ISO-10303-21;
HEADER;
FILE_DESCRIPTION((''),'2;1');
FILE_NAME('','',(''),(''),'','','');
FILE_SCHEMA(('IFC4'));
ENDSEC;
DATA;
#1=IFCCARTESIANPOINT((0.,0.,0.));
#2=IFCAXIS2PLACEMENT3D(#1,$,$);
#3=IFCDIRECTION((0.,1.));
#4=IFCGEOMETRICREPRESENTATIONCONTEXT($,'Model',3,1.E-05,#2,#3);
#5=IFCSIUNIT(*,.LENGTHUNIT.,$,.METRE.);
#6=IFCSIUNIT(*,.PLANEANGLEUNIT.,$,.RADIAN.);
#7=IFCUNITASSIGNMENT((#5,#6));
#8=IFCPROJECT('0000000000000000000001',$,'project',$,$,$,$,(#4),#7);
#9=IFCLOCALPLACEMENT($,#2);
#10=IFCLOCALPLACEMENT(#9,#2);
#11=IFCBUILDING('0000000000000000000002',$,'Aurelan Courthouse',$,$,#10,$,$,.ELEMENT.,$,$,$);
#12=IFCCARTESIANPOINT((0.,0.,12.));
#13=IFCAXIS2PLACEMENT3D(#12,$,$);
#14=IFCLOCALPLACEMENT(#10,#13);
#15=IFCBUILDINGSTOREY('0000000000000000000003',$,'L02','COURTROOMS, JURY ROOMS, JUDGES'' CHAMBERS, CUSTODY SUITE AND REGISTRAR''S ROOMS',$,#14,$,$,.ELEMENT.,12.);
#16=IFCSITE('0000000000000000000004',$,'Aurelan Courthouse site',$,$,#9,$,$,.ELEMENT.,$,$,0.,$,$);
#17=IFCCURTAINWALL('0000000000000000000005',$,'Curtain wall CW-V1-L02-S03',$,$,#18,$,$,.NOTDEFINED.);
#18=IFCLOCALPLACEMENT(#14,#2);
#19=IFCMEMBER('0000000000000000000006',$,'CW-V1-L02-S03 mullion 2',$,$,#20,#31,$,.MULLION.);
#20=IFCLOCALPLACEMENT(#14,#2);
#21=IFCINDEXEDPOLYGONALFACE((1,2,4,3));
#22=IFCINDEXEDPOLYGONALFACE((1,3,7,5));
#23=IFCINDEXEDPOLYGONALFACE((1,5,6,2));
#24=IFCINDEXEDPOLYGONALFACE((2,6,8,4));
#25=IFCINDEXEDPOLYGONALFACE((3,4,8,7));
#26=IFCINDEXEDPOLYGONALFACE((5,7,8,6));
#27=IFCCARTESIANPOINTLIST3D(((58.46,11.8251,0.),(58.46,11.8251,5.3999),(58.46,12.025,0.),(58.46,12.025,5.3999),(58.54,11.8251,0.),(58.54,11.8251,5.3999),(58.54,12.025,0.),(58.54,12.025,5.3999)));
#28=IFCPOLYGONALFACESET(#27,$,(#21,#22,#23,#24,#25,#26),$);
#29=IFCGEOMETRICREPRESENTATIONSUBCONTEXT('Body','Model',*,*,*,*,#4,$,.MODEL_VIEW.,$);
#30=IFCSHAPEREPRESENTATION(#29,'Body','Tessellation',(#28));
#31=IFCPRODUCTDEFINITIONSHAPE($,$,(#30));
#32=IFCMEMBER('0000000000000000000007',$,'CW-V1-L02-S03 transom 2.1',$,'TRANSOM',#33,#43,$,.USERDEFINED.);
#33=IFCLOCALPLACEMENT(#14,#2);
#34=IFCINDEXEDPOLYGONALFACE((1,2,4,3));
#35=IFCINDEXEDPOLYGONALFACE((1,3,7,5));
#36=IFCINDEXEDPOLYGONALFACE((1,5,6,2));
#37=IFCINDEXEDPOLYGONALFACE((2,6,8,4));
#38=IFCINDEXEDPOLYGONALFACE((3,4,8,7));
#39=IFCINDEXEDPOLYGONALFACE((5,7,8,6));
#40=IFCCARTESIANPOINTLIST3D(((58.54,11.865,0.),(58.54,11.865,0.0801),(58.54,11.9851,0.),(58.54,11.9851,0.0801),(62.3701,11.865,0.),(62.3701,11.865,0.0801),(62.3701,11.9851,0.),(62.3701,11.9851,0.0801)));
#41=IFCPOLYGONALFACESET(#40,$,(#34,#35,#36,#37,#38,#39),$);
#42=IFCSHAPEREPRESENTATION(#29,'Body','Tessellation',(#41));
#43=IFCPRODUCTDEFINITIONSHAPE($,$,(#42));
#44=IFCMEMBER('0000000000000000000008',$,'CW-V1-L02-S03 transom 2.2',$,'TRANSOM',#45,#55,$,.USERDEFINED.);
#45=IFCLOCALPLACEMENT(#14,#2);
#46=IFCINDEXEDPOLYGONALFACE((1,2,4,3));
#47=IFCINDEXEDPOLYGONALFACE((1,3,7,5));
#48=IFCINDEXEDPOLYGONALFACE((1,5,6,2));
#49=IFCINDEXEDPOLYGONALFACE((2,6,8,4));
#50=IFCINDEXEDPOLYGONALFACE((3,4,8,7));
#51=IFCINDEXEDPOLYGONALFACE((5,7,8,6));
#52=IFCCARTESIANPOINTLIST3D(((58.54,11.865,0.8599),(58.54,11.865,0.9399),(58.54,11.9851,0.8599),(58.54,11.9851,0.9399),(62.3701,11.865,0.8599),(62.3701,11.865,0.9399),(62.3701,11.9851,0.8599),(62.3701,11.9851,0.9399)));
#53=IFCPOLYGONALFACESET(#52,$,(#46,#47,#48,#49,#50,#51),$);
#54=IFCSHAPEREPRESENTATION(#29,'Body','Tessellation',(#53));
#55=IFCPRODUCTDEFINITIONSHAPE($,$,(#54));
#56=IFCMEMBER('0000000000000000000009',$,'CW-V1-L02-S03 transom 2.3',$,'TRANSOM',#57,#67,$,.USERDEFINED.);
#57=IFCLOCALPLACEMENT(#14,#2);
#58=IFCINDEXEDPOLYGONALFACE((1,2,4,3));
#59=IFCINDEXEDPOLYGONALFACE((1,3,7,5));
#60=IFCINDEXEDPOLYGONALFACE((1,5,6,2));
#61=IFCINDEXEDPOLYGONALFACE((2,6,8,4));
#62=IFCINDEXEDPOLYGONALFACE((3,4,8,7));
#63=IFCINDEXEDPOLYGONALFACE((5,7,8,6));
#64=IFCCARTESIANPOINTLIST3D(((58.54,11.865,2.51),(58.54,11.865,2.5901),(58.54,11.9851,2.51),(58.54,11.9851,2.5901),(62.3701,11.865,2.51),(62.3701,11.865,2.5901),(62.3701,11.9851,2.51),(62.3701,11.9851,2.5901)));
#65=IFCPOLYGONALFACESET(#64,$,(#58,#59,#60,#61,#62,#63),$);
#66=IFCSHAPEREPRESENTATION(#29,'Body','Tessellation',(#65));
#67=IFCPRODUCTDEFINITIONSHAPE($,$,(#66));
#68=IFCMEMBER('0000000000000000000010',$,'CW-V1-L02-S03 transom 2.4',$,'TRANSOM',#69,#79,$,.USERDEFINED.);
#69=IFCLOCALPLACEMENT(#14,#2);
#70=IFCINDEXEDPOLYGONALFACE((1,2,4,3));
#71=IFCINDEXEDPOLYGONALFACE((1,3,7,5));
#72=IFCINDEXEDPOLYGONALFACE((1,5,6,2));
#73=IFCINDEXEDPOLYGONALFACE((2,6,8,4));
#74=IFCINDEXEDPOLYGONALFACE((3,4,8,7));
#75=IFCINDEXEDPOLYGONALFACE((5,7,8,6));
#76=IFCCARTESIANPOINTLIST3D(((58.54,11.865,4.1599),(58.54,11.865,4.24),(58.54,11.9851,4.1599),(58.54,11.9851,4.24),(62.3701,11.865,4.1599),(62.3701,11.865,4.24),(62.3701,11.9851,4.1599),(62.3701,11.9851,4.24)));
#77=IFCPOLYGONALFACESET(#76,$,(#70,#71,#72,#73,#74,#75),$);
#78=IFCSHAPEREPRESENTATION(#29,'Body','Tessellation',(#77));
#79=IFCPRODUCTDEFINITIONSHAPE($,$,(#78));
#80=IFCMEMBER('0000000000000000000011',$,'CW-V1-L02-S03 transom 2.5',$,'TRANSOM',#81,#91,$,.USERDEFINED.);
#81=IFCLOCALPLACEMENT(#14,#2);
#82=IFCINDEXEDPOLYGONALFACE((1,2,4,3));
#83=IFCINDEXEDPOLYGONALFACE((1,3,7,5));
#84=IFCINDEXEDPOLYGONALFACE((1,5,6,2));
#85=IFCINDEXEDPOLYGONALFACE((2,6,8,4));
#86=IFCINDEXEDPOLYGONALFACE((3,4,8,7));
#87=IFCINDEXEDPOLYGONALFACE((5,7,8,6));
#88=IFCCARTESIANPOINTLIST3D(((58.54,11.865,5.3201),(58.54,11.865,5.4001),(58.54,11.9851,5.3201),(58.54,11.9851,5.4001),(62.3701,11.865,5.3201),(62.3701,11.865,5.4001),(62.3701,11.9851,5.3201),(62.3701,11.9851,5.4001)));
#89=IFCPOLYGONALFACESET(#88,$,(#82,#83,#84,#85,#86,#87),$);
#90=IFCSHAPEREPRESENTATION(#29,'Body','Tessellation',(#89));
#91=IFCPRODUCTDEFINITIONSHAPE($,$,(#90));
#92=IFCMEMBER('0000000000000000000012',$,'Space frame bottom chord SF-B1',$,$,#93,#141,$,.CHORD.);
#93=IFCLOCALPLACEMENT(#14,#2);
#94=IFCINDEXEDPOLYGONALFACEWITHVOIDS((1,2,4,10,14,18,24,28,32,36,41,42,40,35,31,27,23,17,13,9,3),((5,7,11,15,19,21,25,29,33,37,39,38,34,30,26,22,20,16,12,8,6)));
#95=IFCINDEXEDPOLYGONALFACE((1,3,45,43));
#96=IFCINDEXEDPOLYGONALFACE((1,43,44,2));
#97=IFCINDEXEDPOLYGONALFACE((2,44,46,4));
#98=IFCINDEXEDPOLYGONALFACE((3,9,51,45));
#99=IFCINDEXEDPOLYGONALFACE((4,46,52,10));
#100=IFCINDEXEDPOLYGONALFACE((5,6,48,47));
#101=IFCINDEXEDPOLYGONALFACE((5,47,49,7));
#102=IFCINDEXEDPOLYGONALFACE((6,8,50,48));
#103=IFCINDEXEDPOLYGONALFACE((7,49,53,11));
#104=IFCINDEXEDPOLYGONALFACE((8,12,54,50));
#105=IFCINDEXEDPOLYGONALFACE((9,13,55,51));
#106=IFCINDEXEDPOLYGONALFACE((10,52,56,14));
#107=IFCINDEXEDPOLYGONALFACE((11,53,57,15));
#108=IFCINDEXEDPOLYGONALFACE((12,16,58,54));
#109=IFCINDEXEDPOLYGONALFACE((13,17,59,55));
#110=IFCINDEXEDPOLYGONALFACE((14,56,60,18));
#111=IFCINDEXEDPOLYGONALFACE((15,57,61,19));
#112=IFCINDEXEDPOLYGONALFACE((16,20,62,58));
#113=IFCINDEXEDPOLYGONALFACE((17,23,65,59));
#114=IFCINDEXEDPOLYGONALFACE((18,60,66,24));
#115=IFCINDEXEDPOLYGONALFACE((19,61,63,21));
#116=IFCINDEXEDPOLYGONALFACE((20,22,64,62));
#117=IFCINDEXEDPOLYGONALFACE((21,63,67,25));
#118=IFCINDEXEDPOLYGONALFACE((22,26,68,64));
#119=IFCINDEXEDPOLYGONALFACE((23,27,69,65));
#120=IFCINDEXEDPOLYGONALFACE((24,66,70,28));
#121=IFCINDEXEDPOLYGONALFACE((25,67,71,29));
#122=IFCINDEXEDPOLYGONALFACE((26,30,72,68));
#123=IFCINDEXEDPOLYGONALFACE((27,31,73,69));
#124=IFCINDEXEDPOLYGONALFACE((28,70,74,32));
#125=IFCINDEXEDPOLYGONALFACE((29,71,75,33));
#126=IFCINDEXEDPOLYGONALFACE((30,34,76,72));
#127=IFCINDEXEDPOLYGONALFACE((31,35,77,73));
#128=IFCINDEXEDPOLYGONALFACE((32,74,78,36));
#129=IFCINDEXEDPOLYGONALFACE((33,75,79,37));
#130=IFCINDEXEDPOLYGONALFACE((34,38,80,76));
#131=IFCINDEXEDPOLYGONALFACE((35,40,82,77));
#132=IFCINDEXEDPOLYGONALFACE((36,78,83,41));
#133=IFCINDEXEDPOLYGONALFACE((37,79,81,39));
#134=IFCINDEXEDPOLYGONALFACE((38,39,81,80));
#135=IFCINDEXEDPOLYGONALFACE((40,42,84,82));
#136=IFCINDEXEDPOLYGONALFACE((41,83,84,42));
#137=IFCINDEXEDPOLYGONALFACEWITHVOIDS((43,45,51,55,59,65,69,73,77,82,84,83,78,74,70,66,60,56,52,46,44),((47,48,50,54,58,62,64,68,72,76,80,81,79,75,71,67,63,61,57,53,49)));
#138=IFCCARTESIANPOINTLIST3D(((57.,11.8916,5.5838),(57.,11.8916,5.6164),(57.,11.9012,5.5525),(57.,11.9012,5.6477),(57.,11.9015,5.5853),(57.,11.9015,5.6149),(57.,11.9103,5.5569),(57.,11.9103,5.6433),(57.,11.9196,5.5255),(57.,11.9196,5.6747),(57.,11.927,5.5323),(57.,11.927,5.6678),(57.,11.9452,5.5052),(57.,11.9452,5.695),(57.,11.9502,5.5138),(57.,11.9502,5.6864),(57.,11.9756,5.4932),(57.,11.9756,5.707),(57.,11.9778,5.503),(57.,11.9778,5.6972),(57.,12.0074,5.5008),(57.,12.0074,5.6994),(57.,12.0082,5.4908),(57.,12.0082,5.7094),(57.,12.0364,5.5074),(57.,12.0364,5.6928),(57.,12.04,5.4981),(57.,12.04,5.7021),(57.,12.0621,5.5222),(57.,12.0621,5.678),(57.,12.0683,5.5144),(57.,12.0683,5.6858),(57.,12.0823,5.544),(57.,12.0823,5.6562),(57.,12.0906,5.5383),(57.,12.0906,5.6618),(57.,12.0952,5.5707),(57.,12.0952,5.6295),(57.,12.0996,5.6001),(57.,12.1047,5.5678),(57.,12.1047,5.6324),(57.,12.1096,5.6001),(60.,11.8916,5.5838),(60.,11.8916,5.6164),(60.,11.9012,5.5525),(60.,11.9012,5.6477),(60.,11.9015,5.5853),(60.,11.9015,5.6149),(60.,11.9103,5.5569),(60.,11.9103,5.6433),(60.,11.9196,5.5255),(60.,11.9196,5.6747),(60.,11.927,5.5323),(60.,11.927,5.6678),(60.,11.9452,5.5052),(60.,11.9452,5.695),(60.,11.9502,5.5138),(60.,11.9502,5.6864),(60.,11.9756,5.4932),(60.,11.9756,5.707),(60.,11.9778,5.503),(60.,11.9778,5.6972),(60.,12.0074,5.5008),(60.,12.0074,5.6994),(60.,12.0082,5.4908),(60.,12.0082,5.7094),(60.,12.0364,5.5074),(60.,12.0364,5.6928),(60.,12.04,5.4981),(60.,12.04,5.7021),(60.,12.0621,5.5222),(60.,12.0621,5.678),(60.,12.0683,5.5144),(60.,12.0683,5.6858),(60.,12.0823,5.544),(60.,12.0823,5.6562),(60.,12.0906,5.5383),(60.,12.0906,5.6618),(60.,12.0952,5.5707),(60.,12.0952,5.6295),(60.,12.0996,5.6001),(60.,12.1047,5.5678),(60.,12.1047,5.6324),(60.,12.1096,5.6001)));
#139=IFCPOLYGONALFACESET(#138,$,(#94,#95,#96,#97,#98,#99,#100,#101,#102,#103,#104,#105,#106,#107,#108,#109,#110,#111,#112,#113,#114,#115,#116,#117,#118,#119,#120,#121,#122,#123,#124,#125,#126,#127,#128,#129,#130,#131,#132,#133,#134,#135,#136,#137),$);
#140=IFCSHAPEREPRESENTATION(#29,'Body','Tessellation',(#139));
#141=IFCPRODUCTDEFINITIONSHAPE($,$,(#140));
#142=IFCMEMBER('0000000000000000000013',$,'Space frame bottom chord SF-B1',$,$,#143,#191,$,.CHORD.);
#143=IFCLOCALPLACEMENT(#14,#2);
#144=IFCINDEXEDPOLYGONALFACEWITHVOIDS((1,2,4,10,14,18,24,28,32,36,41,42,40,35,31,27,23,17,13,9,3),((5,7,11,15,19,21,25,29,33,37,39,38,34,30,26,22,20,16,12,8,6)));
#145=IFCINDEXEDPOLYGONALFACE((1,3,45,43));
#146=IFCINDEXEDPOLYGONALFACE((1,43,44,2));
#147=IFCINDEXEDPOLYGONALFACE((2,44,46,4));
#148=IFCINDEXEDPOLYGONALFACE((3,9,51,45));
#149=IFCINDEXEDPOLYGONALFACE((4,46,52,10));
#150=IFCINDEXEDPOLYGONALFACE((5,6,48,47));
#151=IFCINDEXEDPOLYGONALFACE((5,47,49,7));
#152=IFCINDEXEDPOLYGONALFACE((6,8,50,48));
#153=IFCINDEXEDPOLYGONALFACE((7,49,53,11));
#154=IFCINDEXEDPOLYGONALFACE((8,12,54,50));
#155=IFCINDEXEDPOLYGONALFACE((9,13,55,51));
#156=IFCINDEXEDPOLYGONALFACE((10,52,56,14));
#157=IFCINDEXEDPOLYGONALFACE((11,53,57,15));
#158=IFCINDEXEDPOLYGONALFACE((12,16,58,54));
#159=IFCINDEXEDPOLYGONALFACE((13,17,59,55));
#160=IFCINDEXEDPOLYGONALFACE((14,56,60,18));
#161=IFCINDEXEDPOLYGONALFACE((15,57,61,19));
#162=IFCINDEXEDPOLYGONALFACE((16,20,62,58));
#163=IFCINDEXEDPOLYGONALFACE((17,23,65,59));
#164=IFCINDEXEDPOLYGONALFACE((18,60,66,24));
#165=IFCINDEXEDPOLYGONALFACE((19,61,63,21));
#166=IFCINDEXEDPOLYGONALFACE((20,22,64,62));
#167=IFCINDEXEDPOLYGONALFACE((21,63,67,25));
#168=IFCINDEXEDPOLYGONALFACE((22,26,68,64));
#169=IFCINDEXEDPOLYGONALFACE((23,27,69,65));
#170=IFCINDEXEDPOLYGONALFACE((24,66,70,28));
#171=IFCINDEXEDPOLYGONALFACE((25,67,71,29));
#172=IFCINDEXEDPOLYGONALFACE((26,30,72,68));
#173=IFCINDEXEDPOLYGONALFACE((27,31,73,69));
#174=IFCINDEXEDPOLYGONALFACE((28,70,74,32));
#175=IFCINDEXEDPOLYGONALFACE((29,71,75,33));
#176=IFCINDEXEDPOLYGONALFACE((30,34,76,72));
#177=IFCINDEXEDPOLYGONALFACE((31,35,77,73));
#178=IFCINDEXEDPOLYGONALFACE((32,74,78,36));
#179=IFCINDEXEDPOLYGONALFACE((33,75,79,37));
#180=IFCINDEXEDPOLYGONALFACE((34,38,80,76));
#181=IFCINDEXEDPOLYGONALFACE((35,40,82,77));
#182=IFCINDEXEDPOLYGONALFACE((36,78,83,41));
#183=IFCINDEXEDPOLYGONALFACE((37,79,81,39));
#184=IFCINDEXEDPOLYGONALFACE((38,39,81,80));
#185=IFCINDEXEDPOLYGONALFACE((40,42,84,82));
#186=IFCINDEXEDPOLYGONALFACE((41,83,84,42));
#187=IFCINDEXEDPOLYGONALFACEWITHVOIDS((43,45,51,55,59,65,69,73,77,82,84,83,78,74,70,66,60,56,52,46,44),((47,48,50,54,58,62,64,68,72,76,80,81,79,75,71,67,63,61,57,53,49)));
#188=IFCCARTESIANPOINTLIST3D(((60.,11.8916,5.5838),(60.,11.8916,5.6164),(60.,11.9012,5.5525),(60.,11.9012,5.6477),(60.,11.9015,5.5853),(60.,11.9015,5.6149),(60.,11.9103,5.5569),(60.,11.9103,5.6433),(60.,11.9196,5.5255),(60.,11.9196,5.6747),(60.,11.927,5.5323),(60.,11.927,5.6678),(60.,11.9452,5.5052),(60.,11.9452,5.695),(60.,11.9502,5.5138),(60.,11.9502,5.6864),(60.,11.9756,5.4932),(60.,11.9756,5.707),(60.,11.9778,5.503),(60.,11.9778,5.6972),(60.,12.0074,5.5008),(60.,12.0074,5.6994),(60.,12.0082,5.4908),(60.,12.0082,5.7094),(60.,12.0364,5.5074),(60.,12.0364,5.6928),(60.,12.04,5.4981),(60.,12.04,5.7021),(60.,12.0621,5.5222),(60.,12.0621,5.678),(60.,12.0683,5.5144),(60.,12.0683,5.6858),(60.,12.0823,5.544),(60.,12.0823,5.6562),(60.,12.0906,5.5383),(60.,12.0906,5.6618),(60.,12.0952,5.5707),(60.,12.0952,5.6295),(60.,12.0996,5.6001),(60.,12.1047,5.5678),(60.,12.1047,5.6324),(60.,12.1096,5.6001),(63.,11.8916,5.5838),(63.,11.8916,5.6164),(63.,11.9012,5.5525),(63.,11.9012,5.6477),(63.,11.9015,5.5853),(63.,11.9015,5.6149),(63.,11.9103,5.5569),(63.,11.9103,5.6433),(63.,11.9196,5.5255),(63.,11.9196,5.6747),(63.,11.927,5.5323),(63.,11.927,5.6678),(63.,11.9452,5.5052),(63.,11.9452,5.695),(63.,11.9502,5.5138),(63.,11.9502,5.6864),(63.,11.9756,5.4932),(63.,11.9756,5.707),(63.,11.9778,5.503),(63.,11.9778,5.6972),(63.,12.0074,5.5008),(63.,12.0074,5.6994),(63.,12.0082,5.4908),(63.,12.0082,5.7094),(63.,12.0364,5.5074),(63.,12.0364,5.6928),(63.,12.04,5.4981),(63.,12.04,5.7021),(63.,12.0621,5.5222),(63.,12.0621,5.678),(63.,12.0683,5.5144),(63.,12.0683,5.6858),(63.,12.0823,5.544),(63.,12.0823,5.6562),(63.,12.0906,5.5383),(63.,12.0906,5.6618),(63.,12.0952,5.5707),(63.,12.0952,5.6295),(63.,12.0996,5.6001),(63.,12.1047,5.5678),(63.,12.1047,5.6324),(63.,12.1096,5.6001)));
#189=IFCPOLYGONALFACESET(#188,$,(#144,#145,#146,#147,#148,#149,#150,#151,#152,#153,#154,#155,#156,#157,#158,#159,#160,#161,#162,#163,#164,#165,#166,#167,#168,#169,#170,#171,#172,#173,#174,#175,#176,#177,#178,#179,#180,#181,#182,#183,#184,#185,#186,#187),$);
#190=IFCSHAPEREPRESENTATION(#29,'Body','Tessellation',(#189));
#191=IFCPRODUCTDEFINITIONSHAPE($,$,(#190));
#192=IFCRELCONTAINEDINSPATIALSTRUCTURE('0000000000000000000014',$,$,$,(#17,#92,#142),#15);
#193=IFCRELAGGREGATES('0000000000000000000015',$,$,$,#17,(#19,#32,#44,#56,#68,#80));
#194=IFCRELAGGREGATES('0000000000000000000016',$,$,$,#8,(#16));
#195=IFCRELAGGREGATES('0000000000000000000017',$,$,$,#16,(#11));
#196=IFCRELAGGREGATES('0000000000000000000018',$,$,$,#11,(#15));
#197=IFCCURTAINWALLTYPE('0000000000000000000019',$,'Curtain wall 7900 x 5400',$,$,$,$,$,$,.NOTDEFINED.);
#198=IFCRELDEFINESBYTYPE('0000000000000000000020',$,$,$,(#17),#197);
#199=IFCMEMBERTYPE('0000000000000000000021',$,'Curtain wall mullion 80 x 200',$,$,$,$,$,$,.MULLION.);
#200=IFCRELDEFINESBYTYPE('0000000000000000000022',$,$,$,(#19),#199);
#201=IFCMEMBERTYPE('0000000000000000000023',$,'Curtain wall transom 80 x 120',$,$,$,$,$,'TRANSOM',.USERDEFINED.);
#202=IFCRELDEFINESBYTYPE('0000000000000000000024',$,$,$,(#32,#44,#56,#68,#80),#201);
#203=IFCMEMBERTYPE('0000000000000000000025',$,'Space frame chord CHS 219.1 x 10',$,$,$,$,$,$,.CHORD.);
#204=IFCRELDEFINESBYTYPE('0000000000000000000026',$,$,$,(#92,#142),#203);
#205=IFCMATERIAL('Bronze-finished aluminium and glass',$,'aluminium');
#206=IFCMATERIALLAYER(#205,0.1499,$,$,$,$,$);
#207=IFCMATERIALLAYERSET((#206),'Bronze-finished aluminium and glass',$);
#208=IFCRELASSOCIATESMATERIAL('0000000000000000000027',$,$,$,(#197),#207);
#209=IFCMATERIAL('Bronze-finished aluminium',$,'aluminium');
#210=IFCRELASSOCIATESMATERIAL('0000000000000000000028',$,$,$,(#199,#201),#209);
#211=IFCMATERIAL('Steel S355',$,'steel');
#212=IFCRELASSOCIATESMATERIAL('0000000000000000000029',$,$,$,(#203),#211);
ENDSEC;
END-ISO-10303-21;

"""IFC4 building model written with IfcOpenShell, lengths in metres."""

from ifc_helpers import new_model, si_unit, direction, frame, origin, origin_2d, place, context, subcontext, project, spatial, rectangle, hollow_circle, extrude, material, layer, layer_set, material_profile, profile_set, type_object, element, aggregate, save


model = new_model("IFC4")

# Units and contexts
model_context = context("Model", 3, precision=1e-05, world=origin(), true_north=direction((0.0, 1.0)))
body_context = subcontext(model_context, "Body", "Model", "MODEL_VIEW")
ifc_project = project(units=[si_unit("LENGTHUNIT", "METRE"), si_unit("PLANEANGLEUNIT", "RADIAN")], contexts=[model_context])

# Site, building, storey
site_placement = place(None, origin())
site = spatial("IfcSite", under=ifc_project, at=site_placement, Name="Aurelan Courthouse site", CompositionType="ELEMENT", RefElevation=0.0)
building_placement = place(site_placement, origin())
building = spatial("IfcBuilding", under=site, at=building_placement, Name="Aurelan Courthouse", CompositionType="ELEMENT")
storey_placement = place(building_placement, frame((0.0, 0.0, 12.0)))
storey = spatial("IfcBuildingStorey", under=building, at=storey_placement, Name="L02", Description="COURTROOMS, JURY ROOMS, JUDGES' CHAMBERS, CUSTODY SUITE AND REGISTRAR'S ROOMS", CompositionType="ELEMENT", Elevation=12.0)

# Curtain wall, members
ifc_material_1 = material(Name="Bronze-finished aluminium and glass", Category="aluminium")
ifc_layer_1 = layer(ifc_material_1, 0.1499)
ifc_layer_set_1 = layer_set([ifc_layer_1], Name="Bronze-finished aluminium and glass")
curtain_wall_type = type_object("IfcCurtainWallType", Name="Curtain wall 7900 x 5400", PredefinedType="NOTDEFINED", material=ifc_layer_set_1)
curtain_wall_placement = place(storey_placement, origin())
curtain_wall = element("IfcCurtainWall", 1, at=curtain_wall_placement, inside=storey, type_object=curtain_wall_type, Name="Curtain wall CW-V1-L02-S03", PredefinedType="NOTDEFINED")
ifc_material_2 = material(Name="Bronze-finished aluminium", Category="aluminium")
ifc_material_profile_1 = material_profile(ifc_material_2, rectangle(XDim=0.2, YDim=0.0801, at=origin_2d()), Name="Bronze mullion 80 x 200")
ifc_profile_set_1 = profile_set([ifc_material_profile_1], Name="Bronze-finished aluminium")
member_type_1 = type_object("IfcMemberType", Name="Curtain wall mullion 80 x 200", PredefinedType="MULLION", material=ifc_profile_set_1)
member_1_placement = place(storey_placement, frame((58.5, 11.925, 0.0), z_axis=(0.0, 0.0, 1.0), x_axis=(0.0, 1.0, 0.0)))
member_1 = element("IfcMember", 2, at=member_1_placement, type_object=member_type_1, Name="CW-V1-L02-S03 mullion 2", PredefinedType="MULLION", context=body_context, shape_type="SweptSolid", body=[
    extrude(rectangle(XDim=0.2, YDim=0.0801, at=origin_2d()), origin(), (0.0, 0.0, 1.0), 5.3999),
])
ifc_material_profile_2 = material_profile(ifc_material_2, rectangle(XDim=0.1201, YDim=0.0801, at=origin_2d()), Name="Bronze transom 80 x 120")
ifc_profile_set_2 = profile_set([ifc_material_profile_2], Name="Bronze-finished aluminium")
member_type_2 = type_object("IfcMemberType", Name="Curtain wall transom 80 x 120", ElementType="TRANSOM", PredefinedType="USERDEFINED", material=ifc_profile_set_2)
member_2_placement = place(storey_placement, frame((58.54, 11.925, 0.04), z_axis=(1.0, 0.0, 0.0), x_axis=(0.0, 1.0, 0.0)))
member_2 = element("IfcMember", 3, at=member_2_placement, type_object=member_type_2, Name="CW-V1-L02-S03 transom 2.1", ObjectType="TRANSOM", PredefinedType="USERDEFINED", context=body_context, shape_type="SweptSolid", body=[
    extrude(rectangle(XDim=0.1201, YDim=0.0801, at=origin_2d()), origin(), (0.0, 0.0, 1.0), 3.8301),
])
member_3_placement = place(storey_placement, frame((58.54, 11.925, 0.8999), z_axis=(1.0, 0.0, 0.0), x_axis=(0.0, 1.0, 0.0)))
member_3 = element("IfcMember", 4, at=member_3_placement, type_object=member_type_2, Name="CW-V1-L02-S03 transom 2.2", ObjectType="TRANSOM", PredefinedType="USERDEFINED", context=body_context, shape_type="SweptSolid", body=[
    extrude(rectangle(XDim=0.1201, YDim=0.0801, at=origin_2d()), origin(), (0.0, 0.0, 1.0), 3.8301),
])
member_4_placement = place(storey_placement, frame((58.54, 11.925, 2.55), z_axis=(1.0, 0.0, 0.0), x_axis=(0.0, 1.0, 0.0)))
member_4 = element("IfcMember", 5, at=member_4_placement, type_object=member_type_2, Name="CW-V1-L02-S03 transom 2.3", ObjectType="TRANSOM", PredefinedType="USERDEFINED", context=body_context, shape_type="SweptSolid", body=[
    extrude(rectangle(XDim=0.1201, YDim=0.0801, at=origin_2d()), origin(), (0.0, 0.0, 1.0), 3.8301),
])
member_5_placement = place(storey_placement, frame((58.54, 11.925, 4.2), z_axis=(1.0, 0.0, 0.0), x_axis=(0.0, 1.0, 0.0)))
member_5 = element("IfcMember", 6, at=member_5_placement, type_object=member_type_2, Name="CW-V1-L02-S03 transom 2.4", ObjectType="TRANSOM", PredefinedType="USERDEFINED", context=body_context, shape_type="SweptSolid", body=[
    extrude(rectangle(XDim=0.1201, YDim=0.0801, at=origin_2d()), origin(), (0.0, 0.0, 1.0), 3.8301),
])
member_6_placement = place(storey_placement, frame((58.54, 11.925, 5.3601), z_axis=(1.0, 0.0, 0.0), x_axis=(0.0, 1.0, 0.0)))
member_6 = element("IfcMember", 7, at=member_6_placement, type_object=member_type_2, Name="CW-V1-L02-S03 transom 2.5", ObjectType="TRANSOM", PredefinedType="USERDEFINED", context=body_context, shape_type="SweptSolid", body=[
    extrude(rectangle(XDim=0.1201, YDim=0.0801, at=origin_2d()), origin(), (0.0, 0.0, 1.0), 3.8301),
])

# Members
ifc_material_3 = material(Name="Steel S355", Category="steel")
ifc_material_profile_3 = material_profile(ifc_material_3, hollow_circle(Radius=0.1096, WallThickness=0.01, at=origin_2d()), Name="CHS 219.1 x 10")
ifc_profile_set_3 = profile_set([ifc_material_profile_3], Name="Steel S355")
member_type_3 = type_object("IfcMemberType", Name="Space frame chord CHS 219.1 x 10", PredefinedType="CHORD", material=ifc_profile_set_3)
for number, where, z_axis, x_axis, name in (
    (8, (57.0, 12.0, 5.6001), (1.0, 0.0, 0.0), (0.0, 1.0, 0.0), "Space frame bottom chord SF-B1"),
    (9, (60.0, 12.0, 5.6001), (1.0, 0.0, 0.0), (0.0, 1.0, 0.0), "Space frame bottom chord SF-B1"),
):
    element("IfcMember", number, at=place(storey_placement, frame(where, z_axis=z_axis, x_axis=x_axis)), inside=storey, type_object=member_type_3, Name=name, PredefinedType="CHORD", context=body_context, shape_type="SweptSolid", body=[
        extrude(hollow_circle(Radius=0.1096, WallThickness=0.01, at=origin_2d()), origin(), (0.0, 0.0, 1.0), 3.0),
    ])

aggregate(curtain_wall, [member_1, member_2, member_3, member_4, member_5, member_6])

save(model, "model.ifc")
